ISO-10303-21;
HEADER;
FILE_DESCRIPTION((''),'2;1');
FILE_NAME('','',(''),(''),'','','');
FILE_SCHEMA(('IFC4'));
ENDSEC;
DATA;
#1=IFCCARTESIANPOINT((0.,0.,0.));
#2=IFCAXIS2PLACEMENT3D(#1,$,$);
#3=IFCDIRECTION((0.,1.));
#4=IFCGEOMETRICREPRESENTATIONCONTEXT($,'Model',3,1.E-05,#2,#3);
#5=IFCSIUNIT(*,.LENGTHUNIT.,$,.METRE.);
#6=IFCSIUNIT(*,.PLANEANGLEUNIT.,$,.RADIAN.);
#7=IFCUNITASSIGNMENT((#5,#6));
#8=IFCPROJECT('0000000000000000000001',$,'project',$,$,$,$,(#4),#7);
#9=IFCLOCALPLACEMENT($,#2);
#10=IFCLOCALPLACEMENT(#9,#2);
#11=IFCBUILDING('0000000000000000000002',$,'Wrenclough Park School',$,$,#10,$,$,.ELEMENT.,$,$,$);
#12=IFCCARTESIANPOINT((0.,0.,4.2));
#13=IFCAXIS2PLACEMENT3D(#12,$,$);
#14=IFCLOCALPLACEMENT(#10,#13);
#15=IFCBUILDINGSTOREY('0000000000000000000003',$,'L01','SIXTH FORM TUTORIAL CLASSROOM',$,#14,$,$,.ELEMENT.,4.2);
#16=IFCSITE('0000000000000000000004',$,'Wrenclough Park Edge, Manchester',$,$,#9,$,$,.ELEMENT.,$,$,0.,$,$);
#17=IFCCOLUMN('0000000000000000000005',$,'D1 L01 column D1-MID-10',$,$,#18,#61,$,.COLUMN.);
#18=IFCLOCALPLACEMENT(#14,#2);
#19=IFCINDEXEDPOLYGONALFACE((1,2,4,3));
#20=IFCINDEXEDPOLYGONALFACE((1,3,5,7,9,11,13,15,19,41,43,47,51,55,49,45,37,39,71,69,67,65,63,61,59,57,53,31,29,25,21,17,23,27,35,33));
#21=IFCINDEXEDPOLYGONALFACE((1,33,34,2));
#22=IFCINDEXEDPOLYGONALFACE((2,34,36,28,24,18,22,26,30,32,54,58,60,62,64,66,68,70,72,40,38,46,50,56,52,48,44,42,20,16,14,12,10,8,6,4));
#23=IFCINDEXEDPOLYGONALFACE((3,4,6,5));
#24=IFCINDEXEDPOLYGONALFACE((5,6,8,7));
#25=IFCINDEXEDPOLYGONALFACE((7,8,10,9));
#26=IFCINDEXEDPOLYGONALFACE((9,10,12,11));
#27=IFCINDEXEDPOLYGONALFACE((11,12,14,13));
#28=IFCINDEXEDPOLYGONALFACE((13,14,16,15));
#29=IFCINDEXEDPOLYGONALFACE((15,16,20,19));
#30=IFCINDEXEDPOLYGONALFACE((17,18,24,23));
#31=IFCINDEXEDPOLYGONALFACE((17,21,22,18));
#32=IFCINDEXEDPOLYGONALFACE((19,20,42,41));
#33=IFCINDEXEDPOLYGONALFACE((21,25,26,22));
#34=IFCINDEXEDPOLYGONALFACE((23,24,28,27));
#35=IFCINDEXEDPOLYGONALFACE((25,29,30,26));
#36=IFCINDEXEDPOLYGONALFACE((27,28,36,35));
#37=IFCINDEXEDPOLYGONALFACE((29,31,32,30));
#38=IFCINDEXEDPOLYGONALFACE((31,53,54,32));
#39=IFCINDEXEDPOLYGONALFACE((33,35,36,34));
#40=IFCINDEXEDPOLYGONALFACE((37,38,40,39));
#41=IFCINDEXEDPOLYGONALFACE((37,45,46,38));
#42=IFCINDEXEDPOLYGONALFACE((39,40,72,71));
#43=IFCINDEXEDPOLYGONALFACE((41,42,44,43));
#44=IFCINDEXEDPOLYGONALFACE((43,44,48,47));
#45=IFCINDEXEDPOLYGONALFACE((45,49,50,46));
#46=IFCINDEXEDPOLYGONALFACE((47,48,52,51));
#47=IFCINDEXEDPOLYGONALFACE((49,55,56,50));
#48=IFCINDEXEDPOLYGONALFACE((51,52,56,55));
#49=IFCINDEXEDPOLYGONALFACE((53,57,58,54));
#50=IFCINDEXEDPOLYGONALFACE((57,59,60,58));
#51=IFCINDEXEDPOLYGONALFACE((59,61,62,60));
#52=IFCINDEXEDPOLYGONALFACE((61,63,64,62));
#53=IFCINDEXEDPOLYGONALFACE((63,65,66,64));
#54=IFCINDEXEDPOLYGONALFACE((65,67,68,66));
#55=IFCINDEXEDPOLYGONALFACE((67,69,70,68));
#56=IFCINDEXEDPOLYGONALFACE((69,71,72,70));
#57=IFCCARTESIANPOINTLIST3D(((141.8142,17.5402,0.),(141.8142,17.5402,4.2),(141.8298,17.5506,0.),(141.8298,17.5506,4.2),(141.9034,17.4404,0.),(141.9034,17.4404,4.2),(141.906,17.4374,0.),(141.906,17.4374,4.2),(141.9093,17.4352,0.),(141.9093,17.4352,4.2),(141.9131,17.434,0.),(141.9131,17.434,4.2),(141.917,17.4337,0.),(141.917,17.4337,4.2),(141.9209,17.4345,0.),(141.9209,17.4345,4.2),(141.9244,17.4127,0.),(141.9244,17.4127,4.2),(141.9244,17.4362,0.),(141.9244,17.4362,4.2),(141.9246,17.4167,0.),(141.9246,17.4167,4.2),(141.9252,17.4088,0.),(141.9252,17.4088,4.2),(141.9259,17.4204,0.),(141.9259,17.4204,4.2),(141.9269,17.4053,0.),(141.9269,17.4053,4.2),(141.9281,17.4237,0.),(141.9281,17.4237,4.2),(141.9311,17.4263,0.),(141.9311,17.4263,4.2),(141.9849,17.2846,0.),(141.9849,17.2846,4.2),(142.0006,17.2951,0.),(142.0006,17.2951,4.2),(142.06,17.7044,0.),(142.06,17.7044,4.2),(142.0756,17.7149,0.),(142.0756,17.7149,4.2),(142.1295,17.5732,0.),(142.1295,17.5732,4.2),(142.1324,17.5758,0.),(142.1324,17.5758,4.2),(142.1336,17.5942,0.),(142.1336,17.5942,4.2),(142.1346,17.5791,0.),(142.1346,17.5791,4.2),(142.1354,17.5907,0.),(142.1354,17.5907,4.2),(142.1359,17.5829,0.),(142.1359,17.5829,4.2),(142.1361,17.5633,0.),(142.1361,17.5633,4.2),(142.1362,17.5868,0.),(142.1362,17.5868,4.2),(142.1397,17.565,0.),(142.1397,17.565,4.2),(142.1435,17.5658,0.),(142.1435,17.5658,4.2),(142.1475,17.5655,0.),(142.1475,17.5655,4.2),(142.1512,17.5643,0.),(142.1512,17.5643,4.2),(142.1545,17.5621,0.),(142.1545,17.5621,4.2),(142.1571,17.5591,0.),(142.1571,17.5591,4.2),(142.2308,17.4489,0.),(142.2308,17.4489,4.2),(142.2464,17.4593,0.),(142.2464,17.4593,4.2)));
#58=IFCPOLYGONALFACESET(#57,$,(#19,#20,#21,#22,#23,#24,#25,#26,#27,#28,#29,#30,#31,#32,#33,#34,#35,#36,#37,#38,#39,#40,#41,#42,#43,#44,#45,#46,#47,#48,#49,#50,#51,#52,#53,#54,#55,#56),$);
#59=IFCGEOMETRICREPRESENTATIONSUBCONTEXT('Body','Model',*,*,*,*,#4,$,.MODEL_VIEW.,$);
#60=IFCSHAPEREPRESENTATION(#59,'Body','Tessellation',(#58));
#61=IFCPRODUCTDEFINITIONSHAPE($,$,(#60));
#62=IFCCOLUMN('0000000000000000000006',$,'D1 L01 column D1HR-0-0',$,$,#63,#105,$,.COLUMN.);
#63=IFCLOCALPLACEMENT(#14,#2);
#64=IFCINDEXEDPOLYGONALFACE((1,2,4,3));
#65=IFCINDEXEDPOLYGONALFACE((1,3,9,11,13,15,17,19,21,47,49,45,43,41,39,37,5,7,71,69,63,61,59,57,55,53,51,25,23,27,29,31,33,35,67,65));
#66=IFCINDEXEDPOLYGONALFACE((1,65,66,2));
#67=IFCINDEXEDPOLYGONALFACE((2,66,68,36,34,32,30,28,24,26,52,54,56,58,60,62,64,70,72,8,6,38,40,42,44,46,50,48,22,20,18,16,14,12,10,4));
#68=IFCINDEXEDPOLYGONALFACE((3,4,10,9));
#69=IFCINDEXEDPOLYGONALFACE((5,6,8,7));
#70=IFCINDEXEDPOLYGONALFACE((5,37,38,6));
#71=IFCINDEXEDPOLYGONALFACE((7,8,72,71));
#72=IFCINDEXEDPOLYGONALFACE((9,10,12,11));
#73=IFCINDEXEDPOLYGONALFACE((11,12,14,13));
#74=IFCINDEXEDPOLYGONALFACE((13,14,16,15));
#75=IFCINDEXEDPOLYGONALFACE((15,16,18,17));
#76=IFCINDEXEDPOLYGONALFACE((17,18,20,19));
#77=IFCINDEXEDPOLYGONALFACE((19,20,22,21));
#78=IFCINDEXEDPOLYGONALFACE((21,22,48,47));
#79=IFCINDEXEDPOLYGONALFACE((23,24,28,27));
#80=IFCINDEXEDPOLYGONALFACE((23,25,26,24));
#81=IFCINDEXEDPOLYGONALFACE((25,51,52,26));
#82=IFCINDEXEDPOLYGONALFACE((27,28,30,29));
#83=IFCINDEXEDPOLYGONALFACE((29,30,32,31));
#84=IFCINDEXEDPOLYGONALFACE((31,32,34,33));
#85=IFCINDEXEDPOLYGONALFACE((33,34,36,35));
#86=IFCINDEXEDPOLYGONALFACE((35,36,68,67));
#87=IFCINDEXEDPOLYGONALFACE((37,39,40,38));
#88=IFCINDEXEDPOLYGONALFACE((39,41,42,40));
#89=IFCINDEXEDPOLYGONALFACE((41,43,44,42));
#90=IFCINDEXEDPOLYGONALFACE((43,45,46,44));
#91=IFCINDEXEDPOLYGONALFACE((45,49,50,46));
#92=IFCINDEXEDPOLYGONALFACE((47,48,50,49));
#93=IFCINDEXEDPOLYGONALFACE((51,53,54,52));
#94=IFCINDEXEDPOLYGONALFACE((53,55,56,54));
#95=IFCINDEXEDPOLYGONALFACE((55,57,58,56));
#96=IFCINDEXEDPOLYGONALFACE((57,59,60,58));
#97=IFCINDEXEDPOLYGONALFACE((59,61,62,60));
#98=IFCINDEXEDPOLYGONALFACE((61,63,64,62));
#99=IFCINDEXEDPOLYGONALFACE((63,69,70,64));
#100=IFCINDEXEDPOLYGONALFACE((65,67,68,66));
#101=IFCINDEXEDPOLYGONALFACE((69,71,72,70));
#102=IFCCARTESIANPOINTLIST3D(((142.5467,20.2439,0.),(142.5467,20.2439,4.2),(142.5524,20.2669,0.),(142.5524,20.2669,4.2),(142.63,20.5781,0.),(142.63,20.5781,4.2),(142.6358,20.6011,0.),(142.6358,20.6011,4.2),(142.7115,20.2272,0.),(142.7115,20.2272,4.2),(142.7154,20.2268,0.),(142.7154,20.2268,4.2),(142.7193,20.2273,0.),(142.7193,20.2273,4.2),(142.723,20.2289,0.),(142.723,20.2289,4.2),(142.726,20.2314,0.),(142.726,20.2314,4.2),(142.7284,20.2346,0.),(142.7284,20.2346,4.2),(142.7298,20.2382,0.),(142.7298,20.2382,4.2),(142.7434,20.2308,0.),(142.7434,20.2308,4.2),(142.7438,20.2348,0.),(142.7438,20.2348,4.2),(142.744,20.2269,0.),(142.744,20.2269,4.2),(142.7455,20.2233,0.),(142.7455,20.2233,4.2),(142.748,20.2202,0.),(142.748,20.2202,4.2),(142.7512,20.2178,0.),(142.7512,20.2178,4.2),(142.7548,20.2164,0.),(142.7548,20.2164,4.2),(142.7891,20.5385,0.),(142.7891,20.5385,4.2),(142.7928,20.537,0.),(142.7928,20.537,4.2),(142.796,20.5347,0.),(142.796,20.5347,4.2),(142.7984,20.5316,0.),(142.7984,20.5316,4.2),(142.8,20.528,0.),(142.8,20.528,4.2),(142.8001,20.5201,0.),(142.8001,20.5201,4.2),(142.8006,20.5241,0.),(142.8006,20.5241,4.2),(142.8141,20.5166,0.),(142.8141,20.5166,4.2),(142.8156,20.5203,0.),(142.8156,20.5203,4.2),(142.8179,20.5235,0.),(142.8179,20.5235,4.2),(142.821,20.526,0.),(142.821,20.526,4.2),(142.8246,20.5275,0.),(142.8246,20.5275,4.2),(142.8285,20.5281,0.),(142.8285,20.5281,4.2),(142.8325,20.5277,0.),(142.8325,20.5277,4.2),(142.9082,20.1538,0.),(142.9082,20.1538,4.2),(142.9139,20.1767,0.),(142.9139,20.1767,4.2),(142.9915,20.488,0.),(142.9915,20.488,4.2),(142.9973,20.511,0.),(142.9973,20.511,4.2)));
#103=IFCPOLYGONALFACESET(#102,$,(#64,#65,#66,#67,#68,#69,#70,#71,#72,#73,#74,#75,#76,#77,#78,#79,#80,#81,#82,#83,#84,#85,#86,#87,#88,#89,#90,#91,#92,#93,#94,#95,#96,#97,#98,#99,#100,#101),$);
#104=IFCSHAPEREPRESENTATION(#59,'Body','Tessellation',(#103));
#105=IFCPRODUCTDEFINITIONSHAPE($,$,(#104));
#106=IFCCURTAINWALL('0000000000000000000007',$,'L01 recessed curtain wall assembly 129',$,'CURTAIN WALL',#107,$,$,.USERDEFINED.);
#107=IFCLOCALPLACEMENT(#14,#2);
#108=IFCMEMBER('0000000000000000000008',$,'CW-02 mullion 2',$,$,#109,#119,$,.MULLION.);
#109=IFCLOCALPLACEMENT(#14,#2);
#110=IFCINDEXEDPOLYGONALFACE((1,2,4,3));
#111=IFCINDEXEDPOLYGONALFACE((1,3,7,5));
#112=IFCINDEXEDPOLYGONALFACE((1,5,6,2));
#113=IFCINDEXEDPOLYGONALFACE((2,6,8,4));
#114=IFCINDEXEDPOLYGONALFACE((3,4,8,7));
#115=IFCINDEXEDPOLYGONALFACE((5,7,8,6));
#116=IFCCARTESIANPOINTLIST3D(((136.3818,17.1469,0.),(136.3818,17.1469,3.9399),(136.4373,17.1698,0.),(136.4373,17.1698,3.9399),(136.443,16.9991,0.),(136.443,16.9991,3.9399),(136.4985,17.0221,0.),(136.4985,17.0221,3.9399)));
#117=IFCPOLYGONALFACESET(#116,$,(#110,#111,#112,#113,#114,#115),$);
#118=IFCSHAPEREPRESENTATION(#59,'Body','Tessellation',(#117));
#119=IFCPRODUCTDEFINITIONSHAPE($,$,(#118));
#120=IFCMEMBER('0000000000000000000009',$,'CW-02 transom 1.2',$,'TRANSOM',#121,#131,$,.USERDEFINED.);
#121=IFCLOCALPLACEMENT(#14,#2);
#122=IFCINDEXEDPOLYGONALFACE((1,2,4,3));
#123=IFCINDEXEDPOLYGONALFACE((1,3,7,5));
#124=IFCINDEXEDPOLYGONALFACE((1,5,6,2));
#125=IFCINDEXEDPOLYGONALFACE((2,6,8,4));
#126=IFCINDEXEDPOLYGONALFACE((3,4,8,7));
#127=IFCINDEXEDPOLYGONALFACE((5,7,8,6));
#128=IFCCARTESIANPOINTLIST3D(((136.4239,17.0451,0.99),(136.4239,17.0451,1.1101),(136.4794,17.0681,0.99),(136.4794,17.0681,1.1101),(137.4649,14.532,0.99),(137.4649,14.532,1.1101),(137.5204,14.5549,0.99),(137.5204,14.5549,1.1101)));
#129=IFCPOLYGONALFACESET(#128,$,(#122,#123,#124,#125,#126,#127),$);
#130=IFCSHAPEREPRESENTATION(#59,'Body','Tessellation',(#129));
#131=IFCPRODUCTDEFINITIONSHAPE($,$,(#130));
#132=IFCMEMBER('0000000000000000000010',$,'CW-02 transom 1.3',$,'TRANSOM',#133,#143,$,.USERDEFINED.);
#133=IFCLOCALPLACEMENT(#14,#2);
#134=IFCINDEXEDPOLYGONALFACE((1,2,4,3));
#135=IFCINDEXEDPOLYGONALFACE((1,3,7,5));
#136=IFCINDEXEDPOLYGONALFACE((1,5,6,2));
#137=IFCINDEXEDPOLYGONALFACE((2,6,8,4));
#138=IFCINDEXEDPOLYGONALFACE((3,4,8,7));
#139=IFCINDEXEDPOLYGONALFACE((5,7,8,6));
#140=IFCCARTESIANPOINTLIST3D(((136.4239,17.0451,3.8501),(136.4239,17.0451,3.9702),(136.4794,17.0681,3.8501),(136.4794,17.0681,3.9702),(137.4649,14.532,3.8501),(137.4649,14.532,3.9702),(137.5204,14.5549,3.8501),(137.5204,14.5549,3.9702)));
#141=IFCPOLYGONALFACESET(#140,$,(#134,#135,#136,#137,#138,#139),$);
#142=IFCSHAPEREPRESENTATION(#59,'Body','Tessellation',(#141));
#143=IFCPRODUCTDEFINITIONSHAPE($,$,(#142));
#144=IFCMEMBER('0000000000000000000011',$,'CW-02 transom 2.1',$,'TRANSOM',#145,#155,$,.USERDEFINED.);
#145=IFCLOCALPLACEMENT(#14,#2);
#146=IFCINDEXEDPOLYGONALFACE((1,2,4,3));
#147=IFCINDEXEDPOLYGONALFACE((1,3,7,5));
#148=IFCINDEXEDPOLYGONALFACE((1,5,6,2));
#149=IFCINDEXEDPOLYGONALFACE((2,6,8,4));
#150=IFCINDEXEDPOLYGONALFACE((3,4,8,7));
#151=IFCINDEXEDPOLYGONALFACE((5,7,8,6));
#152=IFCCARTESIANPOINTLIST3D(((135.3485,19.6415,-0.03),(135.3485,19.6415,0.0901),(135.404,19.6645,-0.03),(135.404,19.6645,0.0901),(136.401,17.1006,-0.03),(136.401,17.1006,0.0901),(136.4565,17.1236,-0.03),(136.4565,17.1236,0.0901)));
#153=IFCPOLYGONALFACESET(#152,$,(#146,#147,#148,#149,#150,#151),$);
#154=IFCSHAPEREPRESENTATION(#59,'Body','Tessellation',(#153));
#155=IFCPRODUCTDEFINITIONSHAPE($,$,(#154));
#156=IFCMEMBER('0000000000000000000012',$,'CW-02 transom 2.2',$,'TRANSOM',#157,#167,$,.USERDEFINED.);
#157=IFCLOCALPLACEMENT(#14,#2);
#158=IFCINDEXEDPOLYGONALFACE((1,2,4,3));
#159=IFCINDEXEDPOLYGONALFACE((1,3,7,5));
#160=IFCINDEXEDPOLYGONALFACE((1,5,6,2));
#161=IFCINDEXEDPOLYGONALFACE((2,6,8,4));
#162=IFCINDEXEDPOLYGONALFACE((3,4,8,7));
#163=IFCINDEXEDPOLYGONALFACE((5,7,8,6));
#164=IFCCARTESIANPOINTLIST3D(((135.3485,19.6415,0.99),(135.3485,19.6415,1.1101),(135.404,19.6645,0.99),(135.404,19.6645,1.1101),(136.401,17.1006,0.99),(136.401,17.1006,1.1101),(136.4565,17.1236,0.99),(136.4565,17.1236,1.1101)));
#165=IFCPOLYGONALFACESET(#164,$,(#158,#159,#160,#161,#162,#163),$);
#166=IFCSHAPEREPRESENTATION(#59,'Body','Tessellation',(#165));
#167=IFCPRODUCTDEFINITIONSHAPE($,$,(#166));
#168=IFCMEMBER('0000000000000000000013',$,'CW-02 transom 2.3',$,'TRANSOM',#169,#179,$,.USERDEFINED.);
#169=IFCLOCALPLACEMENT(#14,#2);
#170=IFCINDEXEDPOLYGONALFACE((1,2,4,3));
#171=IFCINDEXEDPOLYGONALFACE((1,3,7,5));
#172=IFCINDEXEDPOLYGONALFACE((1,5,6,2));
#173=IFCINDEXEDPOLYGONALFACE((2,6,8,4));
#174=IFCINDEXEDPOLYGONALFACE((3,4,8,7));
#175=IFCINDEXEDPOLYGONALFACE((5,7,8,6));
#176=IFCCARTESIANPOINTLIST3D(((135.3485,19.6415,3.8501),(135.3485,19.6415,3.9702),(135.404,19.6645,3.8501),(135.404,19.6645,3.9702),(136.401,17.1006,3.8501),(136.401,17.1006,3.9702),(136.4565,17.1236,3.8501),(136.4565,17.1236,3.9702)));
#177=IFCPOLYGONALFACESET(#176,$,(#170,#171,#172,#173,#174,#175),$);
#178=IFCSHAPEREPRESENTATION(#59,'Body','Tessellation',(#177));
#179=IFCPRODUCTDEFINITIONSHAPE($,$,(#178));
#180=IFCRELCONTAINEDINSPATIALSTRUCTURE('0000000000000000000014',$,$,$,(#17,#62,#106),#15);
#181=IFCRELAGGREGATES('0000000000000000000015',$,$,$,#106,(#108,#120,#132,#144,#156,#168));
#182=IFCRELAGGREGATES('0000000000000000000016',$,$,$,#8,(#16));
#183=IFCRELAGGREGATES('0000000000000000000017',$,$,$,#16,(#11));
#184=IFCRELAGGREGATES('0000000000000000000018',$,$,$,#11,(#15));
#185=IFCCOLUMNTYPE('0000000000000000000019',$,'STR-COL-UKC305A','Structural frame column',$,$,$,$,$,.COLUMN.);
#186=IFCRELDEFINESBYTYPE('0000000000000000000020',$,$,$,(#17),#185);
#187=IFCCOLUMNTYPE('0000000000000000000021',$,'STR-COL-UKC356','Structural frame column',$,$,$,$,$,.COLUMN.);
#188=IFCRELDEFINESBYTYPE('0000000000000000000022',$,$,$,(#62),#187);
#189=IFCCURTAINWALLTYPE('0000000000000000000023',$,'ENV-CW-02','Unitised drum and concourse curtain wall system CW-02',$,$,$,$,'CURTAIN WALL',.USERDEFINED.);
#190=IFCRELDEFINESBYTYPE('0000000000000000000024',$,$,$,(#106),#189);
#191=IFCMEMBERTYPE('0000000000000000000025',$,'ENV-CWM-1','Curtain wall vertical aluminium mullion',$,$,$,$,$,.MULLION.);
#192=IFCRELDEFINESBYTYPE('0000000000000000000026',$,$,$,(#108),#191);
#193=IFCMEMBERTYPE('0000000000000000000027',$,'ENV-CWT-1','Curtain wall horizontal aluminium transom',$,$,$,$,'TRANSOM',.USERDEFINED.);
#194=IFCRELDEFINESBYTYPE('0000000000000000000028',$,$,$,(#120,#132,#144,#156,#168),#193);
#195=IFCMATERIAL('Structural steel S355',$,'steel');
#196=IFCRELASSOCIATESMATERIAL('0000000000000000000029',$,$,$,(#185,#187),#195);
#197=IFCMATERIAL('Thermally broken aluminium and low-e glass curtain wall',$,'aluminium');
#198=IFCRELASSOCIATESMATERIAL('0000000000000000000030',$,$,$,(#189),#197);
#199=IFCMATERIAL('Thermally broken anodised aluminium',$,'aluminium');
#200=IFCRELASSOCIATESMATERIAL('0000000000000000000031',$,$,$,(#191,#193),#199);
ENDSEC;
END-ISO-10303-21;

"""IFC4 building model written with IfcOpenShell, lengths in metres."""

from ifc_helpers import new_model, si_unit, direction, frame, origin, origin_2d, place, context, subcontext, project, spatial, rectangle, i_section, extrude, material, material_profile, profile_set, type_object, element, aggregate, save


model = new_model("IFC4")

# Units and contexts
model_context = context("Model", 3, precision=1e-05, world=origin(), true_north=direction((0.0, 1.0)))
body_context = subcontext(model_context, "Body", "Model", "MODEL_VIEW")
ifc_project = project(units=[si_unit("LENGTHUNIT", "METRE"), si_unit("PLANEANGLEUNIT", "RADIAN")], contexts=[model_context])

# Site, building, storey
site_placement = place(None, origin())
site = spatial("IfcSite", under=ifc_project, at=site_placement, Name="Wrenclough Park Edge, Manchester", CompositionType="ELEMENT", RefElevation=0.0)
building_placement = place(site_placement, origin())
building = spatial("IfcBuilding", under=site, at=building_placement, Name="Wrenclough Park School", CompositionType="ELEMENT")
storey_placement = place(building_placement, frame((0.0, 0.0, 4.2)))
storey = spatial("IfcBuildingStorey", under=building, at=storey_placement, Name="L01", Description="SIXTH FORM TUTORIAL CLASSROOM", CompositionType="ELEMENT", Elevation=4.2)

# Columns
ifc_material_1 = material(Name="Structural steel S355", Category="steel")
ifc_material_profile_1 = material_profile(ifc_material_1, i_section(OverallWidth=0.3074, OverallDepth=0.3145, WebThickness=0.012, FlangeThickness=0.0188, FilletRadius=0.0151, at=origin_2d()), Name="UKC 305x305x118")
ifc_profile_set_1 = profile_set([ifc_material_profile_1], Name="Structural steel S355")
column_type_1 = type_object("IfcColumnType", Name="STR-COL-UKC305A", Description="Structural frame column", PredefinedType="COLUMN", material=ifc_profile_set_1)
column_1_placement = place(storey_placement, frame((142.0303, 17.4998, 0.0), z_axis=(0.0, 0.0, 1.0), x_axis=(0.55557, -0.83147, 0.0)))
element("IfcColumn", 1, at=column_1_placement, inside=storey, type_object=column_type_1, Name="D1 L01 column D1-MID-10", PredefinedType="COLUMN", context=body_context, shape_type="SweptSolid", body=[
    extrude(i_section(OverallWidth=0.3074, OverallDepth=0.3145, WebThickness=0.012, FlangeThickness=0.0188, FilletRadius=0.0151, at=origin_2d()), origin(), (0.0, 0.0, 1.0), 4.2),
])
ifc_material_profile_2 = material_profile(ifc_material_1, i_section(OverallWidth=0.3726, OverallDepth=0.3682, WebThickness=0.0144, FlangeThickness=0.0237, FilletRadius=0.0151, at=origin_2d()), Name="UKC 356x368x177")
ifc_profile_set_2 = profile_set([ifc_material_profile_2], Name="Structural steel S355")
column_type_2 = type_object("IfcColumnType", Name="STR-COL-UKC356", Description="Structural frame column", PredefinedType="COLUMN", material=ifc_profile_set_2)
column_2_placement = place(storey_placement, frame((142.772, 20.3774, 0.0), z_axis=(0.0, 0.0, 1.0), x_axis=(0.970296, -0.241922, 0.0)))
element("IfcColumn", 2, at=column_2_placement, inside=storey, type_object=column_type_2, Name="D1 L01 column D1HR-0-0", PredefinedType="COLUMN", context=body_context, shape_type="SweptSolid", body=[
    extrude(i_section(OverallWidth=0.3726, OverallDepth=0.3682, WebThickness=0.0144, FlangeThickness=0.0237, FilletRadius=0.0151, at=origin_2d()), origin(), (0.0, 0.0, 1.0), 4.2),
])

# Curtain wall, members
ifc_material_2 = material(Name="Thermally broken aluminium and low-e glass curtain wall", Category="aluminium")
curtain_wall_type = type_object("IfcCurtainWallType", Name="ENV-CW-02", Description="Unitised drum and concourse curtain wall system CW-02", ElementType="CURTAIN WALL", PredefinedType="USERDEFINED", material=ifc_material_2)
curtain_wall_placement = place(storey_placement, origin())
curtain_wall = element("IfcCurtainWall", 3, at=curtain_wall_placement, inside=storey, type_object=curtain_wall_type, Name="L01 recessed curtain wall assembly 129", ObjectType="CURTAIN WALL", PredefinedType="USERDEFINED")
ifc_material_3 = material(Name="Thermally broken anodised aluminium", Category="aluminium")
ifc_material_profile_3 = material_profile(ifc_material_3, rectangle(XDim=0.0601, YDim=0.1599, at=origin_2d()), Name="AL MULLION 60x160")
ifc_profile_set_3 = profile_set([ifc_material_profile_3], Name="Thermally broken anodised aluminium")
member_type_1 = type_object("IfcMemberType", Name="ENV-CWM-1", Description="Curtain wall vertical aluminium mullion", PredefinedType="MULLION", material=ifc_profile_set_3)
member_1_placement = place(storey_placement, frame((136.4402, 17.0845, 0.0), z_axis=(0.0, 0.0, 1.0), x_axis=(-0.923878, -0.382687, 0.0)))
member_1 = element("IfcMember", 4, at=member_1_placement, type_object=member_type_1, Name="CW-02 mullion 2", PredefinedType="MULLION", context=body_context, shape_type="SweptSolid", body=[
    extrude(rectangle(XDim=0.0601, YDim=0.1599, at=origin_2d()), origin(), (0.0, 0.0, 1.0), 3.9399),
])
ifc_material_profile_4 = material_profile(ifc_material_3, rectangle(XDim=0.0601, YDim=0.1201, at=origin_2d()), Name="AL TRANSOM 60x120")
ifc_profile_set_4 = profile_set([ifc_material_profile_4], Name="Thermally broken anodised aluminium")
member_type_2 = type_object("IfcMemberType", Name="ENV-CWT-1", Description="Curtain wall horizontal aluminium transom", ElementType="TRANSOM", PredefinedType="USERDEFINED", material=ifc_profile_set_4)
member_2_placement = place(storey_placement, frame((137.4927, 14.5435, 1.05), z_axis=(-0.38269, 0.923877, 0.0), x_axis=(-0.923877, -0.38269, 0.0)))
member_2 = element("IfcMember", 5, at=member_2_placement, type_object=member_type_2, Name="CW-02 transom 1.2", ObjectType="TRANSOM", PredefinedType="USERDEFINED", context=body_context, shape_type="SweptSolid", body=[
    extrude(rectangle(XDim=0.0601, YDim=0.1201, at=origin_2d()), origin(), (0.0, 0.0, 1.0), 2.7202),
])
member_3_placement = place(storey_placement, frame((137.4927, 14.5435, 3.9102), z_axis=(-0.38269, 0.923877, 0.0), x_axis=(-0.923877, -0.38269, 0.0)))
member_3 = element("IfcMember", 6, at=member_3_placement, type_object=member_type_2, Name="CW-02 transom 1.3", ObjectType="TRANSOM", PredefinedType="USERDEFINED", context=body_context, shape_type="SweptSolid", body=[
    extrude(rectangle(XDim=0.0601, YDim=0.1201, at=origin_2d()), origin(), (0.0, 0.0, 1.0), 2.7202),
])
member_4_placement = place(storey_placement, frame((136.4287, 17.1121, 0.03), z_axis=(-0.382673, 0.923884, 0.0), x_axis=(-0.923884, -0.382673, 0.0)))
member_4 = element("IfcMember", 7, at=member_4_placement, type_object=member_type_2, Name="CW-02 transom 2.1", ObjectType="TRANSOM", PredefinedType="USERDEFINED", context=body_context, shape_type="SweptSolid", body=[
    extrude(rectangle(XDim=0.0601, YDim=0.1201, at=origin_2d()), origin(), (0.0, 0.0, 1.0), 2.7502),
])
member_5_placement = place(storey_placement, frame((136.4287, 17.1121, 1.05), z_axis=(-0.382673, 0.923884, 0.0), x_axis=(-0.923884, -0.382673, 0.0)))
member_5 = element("IfcMember", 8, at=member_5_placement, type_object=member_type_2, Name="CW-02 transom 2.2", ObjectType="TRANSOM", PredefinedType="USERDEFINED", context=body_context, shape_type="SweptSolid", body=[
    extrude(rectangle(XDim=0.0601, YDim=0.1201, at=origin_2d()), origin(), (0.0, 0.0, 1.0), 2.7502),
])
member_6_placement = place(storey_placement, frame((136.4287, 17.1121, 3.9102), z_axis=(-0.382673, 0.923884, 0.0), x_axis=(-0.923884, -0.382673, 0.0)))
member_6 = element("IfcMember", 9, at=member_6_placement, type_object=member_type_2, Name="CW-02 transom 2.3", ObjectType="TRANSOM", PredefinedType="USERDEFINED", context=body_context, shape_type="SweptSolid", body=[
    extrude(rectangle(XDim=0.0601, YDim=0.1201, at=origin_2d()), origin(), (0.0, 0.0, 1.0), 2.7502),
])

aggregate(curtain_wall, [member_1, member_2, member_3, member_4, member_5, member_6])

save(model, "model.ifc")
